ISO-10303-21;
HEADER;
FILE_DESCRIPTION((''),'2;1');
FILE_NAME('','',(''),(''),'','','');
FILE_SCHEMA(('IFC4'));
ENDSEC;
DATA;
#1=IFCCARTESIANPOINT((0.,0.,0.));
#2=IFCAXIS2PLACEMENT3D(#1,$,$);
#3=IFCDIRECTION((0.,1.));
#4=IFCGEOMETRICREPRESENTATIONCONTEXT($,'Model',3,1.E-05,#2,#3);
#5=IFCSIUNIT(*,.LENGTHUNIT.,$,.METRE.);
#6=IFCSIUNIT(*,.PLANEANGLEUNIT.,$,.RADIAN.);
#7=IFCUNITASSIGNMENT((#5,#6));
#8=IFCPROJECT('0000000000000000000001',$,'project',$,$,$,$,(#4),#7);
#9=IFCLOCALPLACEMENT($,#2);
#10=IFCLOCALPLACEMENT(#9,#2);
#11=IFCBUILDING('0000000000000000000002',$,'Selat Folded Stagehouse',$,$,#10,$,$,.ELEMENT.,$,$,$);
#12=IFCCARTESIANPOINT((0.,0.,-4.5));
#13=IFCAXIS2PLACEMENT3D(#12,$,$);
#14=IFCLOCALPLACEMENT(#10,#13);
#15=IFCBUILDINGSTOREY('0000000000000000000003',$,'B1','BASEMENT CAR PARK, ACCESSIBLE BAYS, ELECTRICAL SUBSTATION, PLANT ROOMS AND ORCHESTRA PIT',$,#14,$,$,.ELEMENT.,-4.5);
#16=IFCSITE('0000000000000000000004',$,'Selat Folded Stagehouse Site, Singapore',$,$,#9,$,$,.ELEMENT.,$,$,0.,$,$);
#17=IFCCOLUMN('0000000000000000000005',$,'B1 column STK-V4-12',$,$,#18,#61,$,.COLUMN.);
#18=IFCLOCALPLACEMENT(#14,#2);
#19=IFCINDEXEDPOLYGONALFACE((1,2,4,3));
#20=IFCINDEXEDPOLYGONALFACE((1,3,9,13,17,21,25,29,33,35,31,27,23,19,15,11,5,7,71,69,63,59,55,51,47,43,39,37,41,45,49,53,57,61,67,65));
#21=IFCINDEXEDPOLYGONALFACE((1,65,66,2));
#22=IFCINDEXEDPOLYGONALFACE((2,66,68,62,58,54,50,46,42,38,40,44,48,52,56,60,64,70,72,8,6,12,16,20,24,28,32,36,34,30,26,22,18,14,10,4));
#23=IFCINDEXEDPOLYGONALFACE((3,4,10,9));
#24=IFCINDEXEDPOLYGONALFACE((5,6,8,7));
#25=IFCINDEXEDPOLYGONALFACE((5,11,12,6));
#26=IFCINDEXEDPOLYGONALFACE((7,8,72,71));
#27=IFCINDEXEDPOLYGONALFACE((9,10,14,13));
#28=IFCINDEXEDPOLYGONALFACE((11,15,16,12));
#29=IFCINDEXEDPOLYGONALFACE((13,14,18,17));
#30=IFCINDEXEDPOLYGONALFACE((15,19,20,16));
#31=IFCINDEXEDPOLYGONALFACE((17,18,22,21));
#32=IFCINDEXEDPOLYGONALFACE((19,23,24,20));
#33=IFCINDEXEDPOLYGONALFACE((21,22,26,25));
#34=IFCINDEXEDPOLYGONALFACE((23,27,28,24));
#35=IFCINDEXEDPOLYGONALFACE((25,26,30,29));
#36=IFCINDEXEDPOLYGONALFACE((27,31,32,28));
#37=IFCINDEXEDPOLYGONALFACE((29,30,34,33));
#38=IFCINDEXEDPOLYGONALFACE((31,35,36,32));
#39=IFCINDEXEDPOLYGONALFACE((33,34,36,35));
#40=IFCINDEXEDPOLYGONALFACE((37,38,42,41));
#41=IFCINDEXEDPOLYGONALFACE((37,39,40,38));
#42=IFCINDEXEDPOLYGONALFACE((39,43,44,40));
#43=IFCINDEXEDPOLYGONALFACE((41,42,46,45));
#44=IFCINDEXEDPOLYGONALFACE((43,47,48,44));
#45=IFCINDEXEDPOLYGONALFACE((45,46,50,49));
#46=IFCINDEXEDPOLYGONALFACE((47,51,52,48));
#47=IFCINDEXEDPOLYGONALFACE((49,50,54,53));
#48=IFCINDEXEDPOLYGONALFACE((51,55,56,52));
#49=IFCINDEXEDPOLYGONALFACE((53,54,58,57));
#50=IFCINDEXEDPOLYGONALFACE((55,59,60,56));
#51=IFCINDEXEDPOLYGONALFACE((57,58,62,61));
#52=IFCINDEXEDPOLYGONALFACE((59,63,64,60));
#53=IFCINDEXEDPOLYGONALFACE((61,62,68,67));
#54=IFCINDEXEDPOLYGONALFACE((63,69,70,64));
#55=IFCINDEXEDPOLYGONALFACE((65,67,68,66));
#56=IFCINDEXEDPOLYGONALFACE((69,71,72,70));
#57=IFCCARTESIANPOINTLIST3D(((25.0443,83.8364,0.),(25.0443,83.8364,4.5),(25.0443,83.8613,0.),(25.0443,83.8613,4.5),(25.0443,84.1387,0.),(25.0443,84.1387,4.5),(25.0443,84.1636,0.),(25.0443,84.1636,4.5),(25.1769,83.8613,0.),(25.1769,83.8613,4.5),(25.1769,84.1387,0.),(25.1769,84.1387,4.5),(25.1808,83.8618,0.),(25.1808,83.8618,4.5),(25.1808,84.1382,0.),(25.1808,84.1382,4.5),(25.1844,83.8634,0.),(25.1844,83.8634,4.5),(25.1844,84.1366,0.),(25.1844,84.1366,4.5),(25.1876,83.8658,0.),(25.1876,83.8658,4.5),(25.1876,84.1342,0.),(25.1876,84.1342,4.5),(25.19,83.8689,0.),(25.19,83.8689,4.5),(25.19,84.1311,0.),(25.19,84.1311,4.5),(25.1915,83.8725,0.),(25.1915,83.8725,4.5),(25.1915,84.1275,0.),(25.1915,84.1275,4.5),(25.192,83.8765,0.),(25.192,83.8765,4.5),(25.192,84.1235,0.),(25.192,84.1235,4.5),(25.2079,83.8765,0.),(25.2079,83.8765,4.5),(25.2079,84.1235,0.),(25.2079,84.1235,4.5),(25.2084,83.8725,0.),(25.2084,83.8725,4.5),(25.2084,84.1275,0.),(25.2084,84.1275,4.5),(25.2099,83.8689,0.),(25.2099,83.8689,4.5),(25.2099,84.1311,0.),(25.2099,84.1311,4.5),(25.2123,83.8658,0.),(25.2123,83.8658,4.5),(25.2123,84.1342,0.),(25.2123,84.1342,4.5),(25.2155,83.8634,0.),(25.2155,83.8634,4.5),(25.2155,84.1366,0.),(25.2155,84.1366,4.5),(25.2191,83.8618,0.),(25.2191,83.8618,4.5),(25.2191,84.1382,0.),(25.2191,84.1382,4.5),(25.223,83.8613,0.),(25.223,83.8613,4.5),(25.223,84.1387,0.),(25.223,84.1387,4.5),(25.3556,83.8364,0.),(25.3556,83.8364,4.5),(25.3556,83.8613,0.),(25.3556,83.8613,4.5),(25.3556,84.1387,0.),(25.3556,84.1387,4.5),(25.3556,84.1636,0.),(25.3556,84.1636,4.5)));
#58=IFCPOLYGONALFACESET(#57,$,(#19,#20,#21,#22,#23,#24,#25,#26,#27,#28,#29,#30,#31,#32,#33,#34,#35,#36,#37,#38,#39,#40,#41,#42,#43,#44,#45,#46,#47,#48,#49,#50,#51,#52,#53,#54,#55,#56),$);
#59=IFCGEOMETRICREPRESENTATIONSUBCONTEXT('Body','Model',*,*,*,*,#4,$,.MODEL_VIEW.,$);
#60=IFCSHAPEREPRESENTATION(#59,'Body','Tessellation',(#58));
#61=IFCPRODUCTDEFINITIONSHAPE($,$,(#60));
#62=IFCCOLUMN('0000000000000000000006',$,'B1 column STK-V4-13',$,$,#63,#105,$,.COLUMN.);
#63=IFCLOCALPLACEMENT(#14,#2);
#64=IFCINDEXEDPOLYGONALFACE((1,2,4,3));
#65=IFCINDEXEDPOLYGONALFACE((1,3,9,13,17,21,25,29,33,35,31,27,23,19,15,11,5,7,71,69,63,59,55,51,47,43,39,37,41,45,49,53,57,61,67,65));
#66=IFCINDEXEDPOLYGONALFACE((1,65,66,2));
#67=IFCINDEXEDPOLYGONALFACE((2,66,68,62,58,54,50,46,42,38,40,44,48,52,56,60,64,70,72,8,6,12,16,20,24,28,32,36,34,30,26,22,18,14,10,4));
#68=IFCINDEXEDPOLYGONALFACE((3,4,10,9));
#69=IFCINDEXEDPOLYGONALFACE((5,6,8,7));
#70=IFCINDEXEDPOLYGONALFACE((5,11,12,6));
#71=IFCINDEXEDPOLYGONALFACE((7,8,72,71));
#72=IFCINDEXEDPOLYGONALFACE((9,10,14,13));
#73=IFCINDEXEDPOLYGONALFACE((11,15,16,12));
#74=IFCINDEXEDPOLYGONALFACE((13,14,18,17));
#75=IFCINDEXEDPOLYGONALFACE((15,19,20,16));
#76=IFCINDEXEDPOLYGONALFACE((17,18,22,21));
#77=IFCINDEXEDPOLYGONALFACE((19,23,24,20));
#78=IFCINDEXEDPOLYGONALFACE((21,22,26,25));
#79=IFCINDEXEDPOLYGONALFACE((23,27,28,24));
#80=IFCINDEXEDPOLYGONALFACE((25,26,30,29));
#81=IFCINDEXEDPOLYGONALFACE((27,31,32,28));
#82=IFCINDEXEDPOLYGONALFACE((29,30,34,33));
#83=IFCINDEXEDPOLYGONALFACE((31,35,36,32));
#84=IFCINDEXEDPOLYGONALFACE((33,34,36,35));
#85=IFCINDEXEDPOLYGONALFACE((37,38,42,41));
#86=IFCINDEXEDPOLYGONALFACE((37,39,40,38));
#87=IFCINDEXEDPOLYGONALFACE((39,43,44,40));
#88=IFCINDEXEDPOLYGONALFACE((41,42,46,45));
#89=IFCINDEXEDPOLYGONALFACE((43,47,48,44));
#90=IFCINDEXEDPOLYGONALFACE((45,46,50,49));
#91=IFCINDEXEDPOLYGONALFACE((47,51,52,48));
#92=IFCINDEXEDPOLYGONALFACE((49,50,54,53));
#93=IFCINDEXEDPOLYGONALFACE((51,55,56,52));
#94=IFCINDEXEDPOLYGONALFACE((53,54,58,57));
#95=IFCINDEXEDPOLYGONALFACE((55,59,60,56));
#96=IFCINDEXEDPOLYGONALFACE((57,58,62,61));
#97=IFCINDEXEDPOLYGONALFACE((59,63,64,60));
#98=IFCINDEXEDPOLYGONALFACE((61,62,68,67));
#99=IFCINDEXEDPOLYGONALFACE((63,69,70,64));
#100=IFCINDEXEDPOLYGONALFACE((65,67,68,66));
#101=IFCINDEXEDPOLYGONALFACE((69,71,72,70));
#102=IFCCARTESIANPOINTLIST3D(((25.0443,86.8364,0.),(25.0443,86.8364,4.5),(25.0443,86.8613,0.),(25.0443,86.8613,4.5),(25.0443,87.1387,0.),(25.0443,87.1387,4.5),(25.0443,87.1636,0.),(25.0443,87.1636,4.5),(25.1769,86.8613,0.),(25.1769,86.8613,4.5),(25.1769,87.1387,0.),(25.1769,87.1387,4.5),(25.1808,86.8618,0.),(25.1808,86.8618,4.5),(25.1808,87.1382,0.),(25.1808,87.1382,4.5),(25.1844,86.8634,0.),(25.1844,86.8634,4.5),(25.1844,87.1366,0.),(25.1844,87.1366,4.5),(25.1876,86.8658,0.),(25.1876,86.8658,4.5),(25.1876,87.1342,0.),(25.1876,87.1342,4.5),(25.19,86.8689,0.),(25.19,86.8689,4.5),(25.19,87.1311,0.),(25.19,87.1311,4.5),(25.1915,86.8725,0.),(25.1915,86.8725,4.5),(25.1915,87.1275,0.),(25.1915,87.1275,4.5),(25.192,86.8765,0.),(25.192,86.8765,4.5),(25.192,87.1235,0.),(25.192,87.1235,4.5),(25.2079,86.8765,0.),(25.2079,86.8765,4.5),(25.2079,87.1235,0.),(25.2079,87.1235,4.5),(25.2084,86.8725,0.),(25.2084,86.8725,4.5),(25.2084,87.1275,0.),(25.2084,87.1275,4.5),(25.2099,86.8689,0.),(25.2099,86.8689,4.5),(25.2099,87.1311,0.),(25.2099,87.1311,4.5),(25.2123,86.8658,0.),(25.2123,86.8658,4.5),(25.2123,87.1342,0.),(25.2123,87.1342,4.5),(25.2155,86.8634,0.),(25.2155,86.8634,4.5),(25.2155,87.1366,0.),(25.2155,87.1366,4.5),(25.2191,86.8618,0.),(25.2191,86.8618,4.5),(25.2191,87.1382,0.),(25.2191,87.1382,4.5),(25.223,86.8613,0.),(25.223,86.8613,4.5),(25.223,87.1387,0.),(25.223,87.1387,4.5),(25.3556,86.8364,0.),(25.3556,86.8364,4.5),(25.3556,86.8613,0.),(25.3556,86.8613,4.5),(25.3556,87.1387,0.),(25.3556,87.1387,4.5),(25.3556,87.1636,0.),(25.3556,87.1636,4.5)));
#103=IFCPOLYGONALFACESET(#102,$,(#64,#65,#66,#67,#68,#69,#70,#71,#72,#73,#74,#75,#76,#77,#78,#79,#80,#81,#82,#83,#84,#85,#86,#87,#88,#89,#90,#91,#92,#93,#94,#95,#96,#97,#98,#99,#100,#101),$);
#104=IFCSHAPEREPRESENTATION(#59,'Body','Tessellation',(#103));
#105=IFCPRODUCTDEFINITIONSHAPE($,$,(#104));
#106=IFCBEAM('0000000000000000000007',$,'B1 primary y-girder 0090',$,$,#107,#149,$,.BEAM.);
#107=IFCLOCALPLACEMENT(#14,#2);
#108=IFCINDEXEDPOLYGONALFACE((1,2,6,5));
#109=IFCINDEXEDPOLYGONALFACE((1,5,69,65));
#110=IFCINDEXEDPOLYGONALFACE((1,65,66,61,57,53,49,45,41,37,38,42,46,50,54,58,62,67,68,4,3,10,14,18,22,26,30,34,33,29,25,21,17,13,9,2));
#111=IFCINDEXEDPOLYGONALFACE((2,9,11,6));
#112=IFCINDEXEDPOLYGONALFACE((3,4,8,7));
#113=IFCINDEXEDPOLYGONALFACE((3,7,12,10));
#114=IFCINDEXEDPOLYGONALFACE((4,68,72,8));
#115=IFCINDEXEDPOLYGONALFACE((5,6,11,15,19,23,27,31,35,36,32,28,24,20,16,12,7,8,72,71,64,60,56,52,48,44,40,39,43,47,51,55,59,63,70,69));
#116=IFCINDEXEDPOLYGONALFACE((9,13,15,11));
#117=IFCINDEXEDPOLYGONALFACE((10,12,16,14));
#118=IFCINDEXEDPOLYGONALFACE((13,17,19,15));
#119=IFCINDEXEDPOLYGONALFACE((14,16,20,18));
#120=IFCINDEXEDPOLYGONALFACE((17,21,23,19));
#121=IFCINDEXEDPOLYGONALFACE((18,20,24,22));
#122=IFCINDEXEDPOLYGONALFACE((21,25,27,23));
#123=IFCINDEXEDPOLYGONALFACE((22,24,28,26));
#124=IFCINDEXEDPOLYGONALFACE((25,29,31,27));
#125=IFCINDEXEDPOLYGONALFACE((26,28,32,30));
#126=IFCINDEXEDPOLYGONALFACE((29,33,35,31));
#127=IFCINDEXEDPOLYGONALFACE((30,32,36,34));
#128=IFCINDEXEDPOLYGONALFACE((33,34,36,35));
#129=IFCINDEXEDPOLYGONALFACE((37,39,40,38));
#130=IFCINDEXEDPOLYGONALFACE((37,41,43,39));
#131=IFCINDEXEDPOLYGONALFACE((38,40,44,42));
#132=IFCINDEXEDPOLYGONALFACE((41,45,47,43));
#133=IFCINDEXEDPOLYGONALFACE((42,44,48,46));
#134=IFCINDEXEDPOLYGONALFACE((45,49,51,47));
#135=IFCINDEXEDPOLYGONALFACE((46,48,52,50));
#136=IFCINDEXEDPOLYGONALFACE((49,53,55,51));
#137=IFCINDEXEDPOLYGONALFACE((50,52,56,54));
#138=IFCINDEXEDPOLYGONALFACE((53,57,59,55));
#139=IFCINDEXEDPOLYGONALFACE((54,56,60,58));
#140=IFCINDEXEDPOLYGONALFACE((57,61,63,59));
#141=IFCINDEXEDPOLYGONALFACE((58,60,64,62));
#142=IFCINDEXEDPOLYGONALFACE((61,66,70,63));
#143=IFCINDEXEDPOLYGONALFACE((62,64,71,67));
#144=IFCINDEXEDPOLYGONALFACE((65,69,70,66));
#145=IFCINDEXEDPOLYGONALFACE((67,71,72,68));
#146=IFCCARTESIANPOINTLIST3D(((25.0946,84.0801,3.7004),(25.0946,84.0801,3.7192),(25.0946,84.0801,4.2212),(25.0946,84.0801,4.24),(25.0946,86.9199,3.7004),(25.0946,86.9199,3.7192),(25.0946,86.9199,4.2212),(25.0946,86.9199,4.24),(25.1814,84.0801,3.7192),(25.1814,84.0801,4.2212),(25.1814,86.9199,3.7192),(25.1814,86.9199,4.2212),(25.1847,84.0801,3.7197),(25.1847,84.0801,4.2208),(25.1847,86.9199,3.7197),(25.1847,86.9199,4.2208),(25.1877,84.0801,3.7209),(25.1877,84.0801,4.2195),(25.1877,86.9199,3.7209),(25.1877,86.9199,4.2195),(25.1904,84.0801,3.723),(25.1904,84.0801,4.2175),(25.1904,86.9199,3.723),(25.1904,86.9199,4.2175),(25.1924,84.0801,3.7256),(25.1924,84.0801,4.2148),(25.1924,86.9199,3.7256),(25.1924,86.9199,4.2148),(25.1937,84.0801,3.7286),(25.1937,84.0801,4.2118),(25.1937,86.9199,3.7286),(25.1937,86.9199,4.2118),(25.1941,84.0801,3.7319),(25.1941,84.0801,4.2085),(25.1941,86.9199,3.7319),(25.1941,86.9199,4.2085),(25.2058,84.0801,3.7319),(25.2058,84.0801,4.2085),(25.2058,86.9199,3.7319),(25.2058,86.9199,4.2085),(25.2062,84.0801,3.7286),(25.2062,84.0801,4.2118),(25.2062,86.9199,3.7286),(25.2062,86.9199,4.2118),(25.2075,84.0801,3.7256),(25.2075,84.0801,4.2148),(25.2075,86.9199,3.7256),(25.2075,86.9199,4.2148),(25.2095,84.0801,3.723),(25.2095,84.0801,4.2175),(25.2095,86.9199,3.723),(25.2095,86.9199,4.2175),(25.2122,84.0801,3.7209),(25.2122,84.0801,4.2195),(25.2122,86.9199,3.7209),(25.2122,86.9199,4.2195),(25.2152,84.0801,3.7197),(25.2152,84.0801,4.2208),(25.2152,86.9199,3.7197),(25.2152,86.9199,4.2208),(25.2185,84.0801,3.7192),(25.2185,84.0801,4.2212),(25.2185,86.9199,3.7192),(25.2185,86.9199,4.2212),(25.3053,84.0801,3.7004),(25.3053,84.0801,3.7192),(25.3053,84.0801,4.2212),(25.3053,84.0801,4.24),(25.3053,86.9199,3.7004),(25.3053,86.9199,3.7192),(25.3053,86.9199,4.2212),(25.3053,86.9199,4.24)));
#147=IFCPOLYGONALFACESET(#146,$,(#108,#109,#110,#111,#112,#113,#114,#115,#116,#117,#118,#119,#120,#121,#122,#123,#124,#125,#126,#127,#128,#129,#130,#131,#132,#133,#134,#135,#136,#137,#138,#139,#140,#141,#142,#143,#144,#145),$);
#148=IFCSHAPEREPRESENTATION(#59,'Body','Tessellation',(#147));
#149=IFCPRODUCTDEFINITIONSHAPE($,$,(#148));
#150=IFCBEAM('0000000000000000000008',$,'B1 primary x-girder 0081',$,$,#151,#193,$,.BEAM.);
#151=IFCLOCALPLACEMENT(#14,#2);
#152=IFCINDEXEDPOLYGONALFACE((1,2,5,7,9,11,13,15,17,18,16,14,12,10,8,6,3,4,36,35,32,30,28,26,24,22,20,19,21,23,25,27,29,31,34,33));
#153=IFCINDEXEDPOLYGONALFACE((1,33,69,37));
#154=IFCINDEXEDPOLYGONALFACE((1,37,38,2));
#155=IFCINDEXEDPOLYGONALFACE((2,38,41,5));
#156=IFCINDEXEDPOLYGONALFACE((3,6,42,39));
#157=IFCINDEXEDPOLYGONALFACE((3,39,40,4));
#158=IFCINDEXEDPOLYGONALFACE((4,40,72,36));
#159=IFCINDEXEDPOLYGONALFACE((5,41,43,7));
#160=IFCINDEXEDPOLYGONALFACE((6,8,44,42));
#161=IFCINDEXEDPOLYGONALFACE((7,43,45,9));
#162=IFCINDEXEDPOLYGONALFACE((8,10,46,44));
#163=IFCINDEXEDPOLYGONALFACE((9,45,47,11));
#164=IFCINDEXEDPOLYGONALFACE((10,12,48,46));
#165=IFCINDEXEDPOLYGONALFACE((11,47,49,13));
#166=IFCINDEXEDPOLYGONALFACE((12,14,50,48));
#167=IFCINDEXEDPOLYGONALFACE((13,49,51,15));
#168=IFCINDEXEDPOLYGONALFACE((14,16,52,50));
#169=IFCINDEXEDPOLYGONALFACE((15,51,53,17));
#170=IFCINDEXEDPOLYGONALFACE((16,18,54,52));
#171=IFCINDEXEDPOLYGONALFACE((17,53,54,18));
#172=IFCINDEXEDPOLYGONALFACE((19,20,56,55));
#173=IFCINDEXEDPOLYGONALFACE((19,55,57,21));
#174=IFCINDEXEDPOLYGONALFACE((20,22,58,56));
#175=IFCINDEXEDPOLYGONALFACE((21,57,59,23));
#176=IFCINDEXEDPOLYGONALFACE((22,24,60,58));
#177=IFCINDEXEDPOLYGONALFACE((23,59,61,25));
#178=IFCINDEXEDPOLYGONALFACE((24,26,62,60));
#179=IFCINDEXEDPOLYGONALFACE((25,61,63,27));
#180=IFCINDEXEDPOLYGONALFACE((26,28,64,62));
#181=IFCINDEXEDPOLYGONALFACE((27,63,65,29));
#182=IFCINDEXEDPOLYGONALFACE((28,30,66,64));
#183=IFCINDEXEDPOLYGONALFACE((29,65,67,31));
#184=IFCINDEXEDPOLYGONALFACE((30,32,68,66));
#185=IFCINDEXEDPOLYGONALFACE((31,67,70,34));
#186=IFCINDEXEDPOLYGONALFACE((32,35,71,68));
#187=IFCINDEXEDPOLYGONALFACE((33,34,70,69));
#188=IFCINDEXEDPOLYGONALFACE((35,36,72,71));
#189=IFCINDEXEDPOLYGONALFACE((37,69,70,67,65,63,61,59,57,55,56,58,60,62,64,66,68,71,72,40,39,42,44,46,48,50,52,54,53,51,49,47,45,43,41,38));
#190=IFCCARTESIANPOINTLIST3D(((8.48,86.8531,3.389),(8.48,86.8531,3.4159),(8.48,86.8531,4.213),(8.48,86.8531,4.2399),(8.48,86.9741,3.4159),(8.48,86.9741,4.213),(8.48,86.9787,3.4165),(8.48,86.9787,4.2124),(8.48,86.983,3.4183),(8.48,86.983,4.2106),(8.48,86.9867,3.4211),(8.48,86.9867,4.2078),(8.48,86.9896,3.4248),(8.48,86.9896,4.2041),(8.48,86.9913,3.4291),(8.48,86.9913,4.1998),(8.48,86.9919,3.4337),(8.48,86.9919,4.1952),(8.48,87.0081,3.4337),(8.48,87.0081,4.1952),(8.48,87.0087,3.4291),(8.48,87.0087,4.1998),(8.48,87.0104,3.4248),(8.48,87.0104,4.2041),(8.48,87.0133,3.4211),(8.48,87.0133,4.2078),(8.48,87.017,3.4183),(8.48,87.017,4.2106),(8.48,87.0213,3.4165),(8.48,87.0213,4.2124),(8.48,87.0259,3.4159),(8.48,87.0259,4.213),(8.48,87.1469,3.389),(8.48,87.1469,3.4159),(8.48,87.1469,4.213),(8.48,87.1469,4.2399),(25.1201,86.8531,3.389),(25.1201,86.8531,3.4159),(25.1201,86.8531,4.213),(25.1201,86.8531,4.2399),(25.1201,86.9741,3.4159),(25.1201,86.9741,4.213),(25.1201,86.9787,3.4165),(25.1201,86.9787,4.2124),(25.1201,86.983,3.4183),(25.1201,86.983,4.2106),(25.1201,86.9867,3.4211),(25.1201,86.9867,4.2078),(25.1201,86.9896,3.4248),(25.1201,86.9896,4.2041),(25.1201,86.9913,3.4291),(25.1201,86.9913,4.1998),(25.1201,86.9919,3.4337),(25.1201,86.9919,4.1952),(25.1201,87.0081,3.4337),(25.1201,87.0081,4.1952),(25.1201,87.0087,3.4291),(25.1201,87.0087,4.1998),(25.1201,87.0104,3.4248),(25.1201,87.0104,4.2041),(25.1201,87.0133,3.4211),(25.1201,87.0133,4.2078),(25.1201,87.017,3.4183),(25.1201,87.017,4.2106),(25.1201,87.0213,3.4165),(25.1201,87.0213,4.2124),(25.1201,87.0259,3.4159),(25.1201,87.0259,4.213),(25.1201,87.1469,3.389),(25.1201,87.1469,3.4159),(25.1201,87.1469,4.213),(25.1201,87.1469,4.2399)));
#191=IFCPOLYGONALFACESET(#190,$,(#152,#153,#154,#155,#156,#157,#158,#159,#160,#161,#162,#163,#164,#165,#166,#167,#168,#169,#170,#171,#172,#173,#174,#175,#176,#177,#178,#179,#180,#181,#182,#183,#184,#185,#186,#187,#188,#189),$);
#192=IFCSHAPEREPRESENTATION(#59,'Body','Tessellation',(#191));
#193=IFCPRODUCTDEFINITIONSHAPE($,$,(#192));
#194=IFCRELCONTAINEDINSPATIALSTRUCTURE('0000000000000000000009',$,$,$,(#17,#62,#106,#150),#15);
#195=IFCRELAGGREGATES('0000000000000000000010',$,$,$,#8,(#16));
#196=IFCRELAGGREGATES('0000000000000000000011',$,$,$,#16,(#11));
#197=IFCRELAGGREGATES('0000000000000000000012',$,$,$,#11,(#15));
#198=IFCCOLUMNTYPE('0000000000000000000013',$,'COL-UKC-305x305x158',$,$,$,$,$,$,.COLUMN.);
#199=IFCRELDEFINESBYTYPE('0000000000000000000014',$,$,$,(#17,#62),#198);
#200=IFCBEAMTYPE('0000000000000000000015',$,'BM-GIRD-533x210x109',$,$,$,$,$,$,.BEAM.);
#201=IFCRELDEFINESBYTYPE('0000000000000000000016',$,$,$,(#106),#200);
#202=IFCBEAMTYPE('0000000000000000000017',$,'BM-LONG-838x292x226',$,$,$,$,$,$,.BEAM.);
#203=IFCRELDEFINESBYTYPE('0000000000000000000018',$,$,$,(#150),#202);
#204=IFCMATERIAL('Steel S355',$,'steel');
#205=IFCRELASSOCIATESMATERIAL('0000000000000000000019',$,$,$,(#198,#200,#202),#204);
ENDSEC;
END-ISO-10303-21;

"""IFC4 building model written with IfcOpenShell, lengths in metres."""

from ifc_helpers import new_model, si_unit, direction, frame, origin, origin_2d, place, context, subcontext, project, spatial, i_section, extrude, material, material_profile, profile_set, type_object, element, save


model = new_model("IFC4")

# Units and contexts
model_context = context("Model", 3, precision=1e-05, world=origin(), true_north=direction((0.0, 1.0)))
body_context = subcontext(model_context, "Body", "Model", "MODEL_VIEW")
ifc_project = project(units=[si_unit("LENGTHUNIT", "METRE"), si_unit("PLANEANGLEUNIT", "RADIAN")], contexts=[model_context])

# Site, building, storey
site_placement = place(None, origin())
site = spatial("IfcSite", under=ifc_project, at=site_placement, Name="Selat Folded Stagehouse Site, Singapore", CompositionType="ELEMENT", RefElevation=0.0)
building_placement = place(site_placement, origin())
building = spatial("IfcBuilding", under=site, at=building_placement, Name="Selat Folded Stagehouse", CompositionType="ELEMENT")
storey_placement = place(building_placement, frame((0.0, 0.0, -4.5)))
storey = spatial("IfcBuildingStorey", under=building, at=storey_placement, Name="B1", Description="BASEMENT CAR PARK, ACCESSIBLE BAYS, ELECTRICAL SUBSTATION, PLANT ROOMS AND ORCHESTRA PIT", CompositionType="ELEMENT", Elevation=-4.5)

# Columns
ifc_material_1 = material(Name="Steel S355", Category="steel")
ifc_material_profile_1 = material_profile(ifc_material_1, i_section(OverallWidth=0.3113, OverallDepth=0.3271, WebThickness=0.0159, FlangeThickness=0.0249, FilletRadius=0.0151, at=origin_2d()), Name="UKC 305x305x158")
ifc_profile_set_1 = profile_set([ifc_material_profile_1], Name="Steel S355")
column_type = type_object("IfcColumnType", Name="COL-UKC-305x305x158", PredefinedType="COLUMN", material=ifc_profile_set_1)
for number, where, z_axis, x_axis, name in (
    (1, (25.2, 84.0, 0.0), (0.0, 0.0, 1.0), (1.0, 0.0, 0.0), "B1 column STK-V4-12"),
    (2, (25.2, 87.0, 0.0), (0.0, 0.0, 1.0), (1.0, 0.0, 0.0), "B1 column STK-V4-13"),
):
    element("IfcColumn", number, at=place(storey_placement, frame(where, z_axis=z_axis, x_axis=x_axis)), inside=storey, type_object=column_type, Name=name, PredefinedType="COLUMN", context=body_context, shape_type="SweptSolid", body=[
        extrude(i_section(OverallWidth=0.3113, OverallDepth=0.3271, WebThickness=0.0159, FlangeThickness=0.0249, FilletRadius=0.0151, at=origin_2d()), origin(), (0.0, 0.0, 1.0), 4.5),
    ])

# Beams
ifc_material_profile_2 = material_profile(ifc_material_1, i_section(OverallWidth=0.2107, OverallDepth=0.5396, WebThickness=0.0117, FlangeThickness=0.0188, FilletRadius=0.0127, at=origin_2d()), Name="UKB 533x210x109")
ifc_profile_set_2 = profile_set([ifc_material_profile_2], Name="Steel S355")
beam_type_1 = type_object("IfcBeamType", Name="BM-GIRD-533x210x109", PredefinedType="BEAM", material=ifc_profile_set_2)
beam_1_placement = place(storey_placement, frame((25.2, 84.0801, 3.9702), z_axis=(0.0, 1.0, 0.0), x_axis=(-1.0, 0.0, 0.0)))
element("IfcBeam", 3, at=beam_1_placement, inside=storey, type_object=beam_type_1, Name="B1 primary y-girder 0090", PredefinedType="BEAM", context=body_context, shape_type="SweptSolid", body=[
    extrude(i_section(OverallWidth=0.2107, OverallDepth=0.5396, WebThickness=0.0117, FlangeThickness=0.0188, FilletRadius=0.0127, at=origin_2d()), origin(), (0.0, 0.0, 1.0), 2.8398),
])
ifc_material_profile_3 = material_profile(ifc_material_1, i_section(OverallWidth=0.2937, OverallDepth=0.8508, WebThickness=0.0161, FlangeThickness=0.0269, FilletRadius=0.0178, at=origin_2d()), Name="UKB 838x292x226")
ifc_profile_set_3 = profile_set([ifc_material_profile_3], Name="Steel S355")
beam_type_2 = type_object("IfcBeamType", Name="BM-LONG-838x292x226", PredefinedType="BEAM", material=ifc_profile_set_3)
beam_2_placement = place(storey_placement, frame((8.48, 87.0, 3.8145), z_axis=(1.0, 0.0, 0.0), x_axis=(0.0, 1.0, 0.0)))
element("IfcBeam", 4, at=beam_2_placement, inside=storey, type_object=beam_type_2, Name="B1 primary x-girder 0081", PredefinedType="BEAM", context=body_context, shape_type="SweptSolid", body=[
    extrude(i_section(OverallWidth=0.2937, OverallDepth=0.8508, WebThickness=0.0161, FlangeThickness=0.0269, FilletRadius=0.0178, at=origin_2d()), origin(), (0.0, 0.0, 1.0), 16.6401),
])

save(model, "model.ifc")
